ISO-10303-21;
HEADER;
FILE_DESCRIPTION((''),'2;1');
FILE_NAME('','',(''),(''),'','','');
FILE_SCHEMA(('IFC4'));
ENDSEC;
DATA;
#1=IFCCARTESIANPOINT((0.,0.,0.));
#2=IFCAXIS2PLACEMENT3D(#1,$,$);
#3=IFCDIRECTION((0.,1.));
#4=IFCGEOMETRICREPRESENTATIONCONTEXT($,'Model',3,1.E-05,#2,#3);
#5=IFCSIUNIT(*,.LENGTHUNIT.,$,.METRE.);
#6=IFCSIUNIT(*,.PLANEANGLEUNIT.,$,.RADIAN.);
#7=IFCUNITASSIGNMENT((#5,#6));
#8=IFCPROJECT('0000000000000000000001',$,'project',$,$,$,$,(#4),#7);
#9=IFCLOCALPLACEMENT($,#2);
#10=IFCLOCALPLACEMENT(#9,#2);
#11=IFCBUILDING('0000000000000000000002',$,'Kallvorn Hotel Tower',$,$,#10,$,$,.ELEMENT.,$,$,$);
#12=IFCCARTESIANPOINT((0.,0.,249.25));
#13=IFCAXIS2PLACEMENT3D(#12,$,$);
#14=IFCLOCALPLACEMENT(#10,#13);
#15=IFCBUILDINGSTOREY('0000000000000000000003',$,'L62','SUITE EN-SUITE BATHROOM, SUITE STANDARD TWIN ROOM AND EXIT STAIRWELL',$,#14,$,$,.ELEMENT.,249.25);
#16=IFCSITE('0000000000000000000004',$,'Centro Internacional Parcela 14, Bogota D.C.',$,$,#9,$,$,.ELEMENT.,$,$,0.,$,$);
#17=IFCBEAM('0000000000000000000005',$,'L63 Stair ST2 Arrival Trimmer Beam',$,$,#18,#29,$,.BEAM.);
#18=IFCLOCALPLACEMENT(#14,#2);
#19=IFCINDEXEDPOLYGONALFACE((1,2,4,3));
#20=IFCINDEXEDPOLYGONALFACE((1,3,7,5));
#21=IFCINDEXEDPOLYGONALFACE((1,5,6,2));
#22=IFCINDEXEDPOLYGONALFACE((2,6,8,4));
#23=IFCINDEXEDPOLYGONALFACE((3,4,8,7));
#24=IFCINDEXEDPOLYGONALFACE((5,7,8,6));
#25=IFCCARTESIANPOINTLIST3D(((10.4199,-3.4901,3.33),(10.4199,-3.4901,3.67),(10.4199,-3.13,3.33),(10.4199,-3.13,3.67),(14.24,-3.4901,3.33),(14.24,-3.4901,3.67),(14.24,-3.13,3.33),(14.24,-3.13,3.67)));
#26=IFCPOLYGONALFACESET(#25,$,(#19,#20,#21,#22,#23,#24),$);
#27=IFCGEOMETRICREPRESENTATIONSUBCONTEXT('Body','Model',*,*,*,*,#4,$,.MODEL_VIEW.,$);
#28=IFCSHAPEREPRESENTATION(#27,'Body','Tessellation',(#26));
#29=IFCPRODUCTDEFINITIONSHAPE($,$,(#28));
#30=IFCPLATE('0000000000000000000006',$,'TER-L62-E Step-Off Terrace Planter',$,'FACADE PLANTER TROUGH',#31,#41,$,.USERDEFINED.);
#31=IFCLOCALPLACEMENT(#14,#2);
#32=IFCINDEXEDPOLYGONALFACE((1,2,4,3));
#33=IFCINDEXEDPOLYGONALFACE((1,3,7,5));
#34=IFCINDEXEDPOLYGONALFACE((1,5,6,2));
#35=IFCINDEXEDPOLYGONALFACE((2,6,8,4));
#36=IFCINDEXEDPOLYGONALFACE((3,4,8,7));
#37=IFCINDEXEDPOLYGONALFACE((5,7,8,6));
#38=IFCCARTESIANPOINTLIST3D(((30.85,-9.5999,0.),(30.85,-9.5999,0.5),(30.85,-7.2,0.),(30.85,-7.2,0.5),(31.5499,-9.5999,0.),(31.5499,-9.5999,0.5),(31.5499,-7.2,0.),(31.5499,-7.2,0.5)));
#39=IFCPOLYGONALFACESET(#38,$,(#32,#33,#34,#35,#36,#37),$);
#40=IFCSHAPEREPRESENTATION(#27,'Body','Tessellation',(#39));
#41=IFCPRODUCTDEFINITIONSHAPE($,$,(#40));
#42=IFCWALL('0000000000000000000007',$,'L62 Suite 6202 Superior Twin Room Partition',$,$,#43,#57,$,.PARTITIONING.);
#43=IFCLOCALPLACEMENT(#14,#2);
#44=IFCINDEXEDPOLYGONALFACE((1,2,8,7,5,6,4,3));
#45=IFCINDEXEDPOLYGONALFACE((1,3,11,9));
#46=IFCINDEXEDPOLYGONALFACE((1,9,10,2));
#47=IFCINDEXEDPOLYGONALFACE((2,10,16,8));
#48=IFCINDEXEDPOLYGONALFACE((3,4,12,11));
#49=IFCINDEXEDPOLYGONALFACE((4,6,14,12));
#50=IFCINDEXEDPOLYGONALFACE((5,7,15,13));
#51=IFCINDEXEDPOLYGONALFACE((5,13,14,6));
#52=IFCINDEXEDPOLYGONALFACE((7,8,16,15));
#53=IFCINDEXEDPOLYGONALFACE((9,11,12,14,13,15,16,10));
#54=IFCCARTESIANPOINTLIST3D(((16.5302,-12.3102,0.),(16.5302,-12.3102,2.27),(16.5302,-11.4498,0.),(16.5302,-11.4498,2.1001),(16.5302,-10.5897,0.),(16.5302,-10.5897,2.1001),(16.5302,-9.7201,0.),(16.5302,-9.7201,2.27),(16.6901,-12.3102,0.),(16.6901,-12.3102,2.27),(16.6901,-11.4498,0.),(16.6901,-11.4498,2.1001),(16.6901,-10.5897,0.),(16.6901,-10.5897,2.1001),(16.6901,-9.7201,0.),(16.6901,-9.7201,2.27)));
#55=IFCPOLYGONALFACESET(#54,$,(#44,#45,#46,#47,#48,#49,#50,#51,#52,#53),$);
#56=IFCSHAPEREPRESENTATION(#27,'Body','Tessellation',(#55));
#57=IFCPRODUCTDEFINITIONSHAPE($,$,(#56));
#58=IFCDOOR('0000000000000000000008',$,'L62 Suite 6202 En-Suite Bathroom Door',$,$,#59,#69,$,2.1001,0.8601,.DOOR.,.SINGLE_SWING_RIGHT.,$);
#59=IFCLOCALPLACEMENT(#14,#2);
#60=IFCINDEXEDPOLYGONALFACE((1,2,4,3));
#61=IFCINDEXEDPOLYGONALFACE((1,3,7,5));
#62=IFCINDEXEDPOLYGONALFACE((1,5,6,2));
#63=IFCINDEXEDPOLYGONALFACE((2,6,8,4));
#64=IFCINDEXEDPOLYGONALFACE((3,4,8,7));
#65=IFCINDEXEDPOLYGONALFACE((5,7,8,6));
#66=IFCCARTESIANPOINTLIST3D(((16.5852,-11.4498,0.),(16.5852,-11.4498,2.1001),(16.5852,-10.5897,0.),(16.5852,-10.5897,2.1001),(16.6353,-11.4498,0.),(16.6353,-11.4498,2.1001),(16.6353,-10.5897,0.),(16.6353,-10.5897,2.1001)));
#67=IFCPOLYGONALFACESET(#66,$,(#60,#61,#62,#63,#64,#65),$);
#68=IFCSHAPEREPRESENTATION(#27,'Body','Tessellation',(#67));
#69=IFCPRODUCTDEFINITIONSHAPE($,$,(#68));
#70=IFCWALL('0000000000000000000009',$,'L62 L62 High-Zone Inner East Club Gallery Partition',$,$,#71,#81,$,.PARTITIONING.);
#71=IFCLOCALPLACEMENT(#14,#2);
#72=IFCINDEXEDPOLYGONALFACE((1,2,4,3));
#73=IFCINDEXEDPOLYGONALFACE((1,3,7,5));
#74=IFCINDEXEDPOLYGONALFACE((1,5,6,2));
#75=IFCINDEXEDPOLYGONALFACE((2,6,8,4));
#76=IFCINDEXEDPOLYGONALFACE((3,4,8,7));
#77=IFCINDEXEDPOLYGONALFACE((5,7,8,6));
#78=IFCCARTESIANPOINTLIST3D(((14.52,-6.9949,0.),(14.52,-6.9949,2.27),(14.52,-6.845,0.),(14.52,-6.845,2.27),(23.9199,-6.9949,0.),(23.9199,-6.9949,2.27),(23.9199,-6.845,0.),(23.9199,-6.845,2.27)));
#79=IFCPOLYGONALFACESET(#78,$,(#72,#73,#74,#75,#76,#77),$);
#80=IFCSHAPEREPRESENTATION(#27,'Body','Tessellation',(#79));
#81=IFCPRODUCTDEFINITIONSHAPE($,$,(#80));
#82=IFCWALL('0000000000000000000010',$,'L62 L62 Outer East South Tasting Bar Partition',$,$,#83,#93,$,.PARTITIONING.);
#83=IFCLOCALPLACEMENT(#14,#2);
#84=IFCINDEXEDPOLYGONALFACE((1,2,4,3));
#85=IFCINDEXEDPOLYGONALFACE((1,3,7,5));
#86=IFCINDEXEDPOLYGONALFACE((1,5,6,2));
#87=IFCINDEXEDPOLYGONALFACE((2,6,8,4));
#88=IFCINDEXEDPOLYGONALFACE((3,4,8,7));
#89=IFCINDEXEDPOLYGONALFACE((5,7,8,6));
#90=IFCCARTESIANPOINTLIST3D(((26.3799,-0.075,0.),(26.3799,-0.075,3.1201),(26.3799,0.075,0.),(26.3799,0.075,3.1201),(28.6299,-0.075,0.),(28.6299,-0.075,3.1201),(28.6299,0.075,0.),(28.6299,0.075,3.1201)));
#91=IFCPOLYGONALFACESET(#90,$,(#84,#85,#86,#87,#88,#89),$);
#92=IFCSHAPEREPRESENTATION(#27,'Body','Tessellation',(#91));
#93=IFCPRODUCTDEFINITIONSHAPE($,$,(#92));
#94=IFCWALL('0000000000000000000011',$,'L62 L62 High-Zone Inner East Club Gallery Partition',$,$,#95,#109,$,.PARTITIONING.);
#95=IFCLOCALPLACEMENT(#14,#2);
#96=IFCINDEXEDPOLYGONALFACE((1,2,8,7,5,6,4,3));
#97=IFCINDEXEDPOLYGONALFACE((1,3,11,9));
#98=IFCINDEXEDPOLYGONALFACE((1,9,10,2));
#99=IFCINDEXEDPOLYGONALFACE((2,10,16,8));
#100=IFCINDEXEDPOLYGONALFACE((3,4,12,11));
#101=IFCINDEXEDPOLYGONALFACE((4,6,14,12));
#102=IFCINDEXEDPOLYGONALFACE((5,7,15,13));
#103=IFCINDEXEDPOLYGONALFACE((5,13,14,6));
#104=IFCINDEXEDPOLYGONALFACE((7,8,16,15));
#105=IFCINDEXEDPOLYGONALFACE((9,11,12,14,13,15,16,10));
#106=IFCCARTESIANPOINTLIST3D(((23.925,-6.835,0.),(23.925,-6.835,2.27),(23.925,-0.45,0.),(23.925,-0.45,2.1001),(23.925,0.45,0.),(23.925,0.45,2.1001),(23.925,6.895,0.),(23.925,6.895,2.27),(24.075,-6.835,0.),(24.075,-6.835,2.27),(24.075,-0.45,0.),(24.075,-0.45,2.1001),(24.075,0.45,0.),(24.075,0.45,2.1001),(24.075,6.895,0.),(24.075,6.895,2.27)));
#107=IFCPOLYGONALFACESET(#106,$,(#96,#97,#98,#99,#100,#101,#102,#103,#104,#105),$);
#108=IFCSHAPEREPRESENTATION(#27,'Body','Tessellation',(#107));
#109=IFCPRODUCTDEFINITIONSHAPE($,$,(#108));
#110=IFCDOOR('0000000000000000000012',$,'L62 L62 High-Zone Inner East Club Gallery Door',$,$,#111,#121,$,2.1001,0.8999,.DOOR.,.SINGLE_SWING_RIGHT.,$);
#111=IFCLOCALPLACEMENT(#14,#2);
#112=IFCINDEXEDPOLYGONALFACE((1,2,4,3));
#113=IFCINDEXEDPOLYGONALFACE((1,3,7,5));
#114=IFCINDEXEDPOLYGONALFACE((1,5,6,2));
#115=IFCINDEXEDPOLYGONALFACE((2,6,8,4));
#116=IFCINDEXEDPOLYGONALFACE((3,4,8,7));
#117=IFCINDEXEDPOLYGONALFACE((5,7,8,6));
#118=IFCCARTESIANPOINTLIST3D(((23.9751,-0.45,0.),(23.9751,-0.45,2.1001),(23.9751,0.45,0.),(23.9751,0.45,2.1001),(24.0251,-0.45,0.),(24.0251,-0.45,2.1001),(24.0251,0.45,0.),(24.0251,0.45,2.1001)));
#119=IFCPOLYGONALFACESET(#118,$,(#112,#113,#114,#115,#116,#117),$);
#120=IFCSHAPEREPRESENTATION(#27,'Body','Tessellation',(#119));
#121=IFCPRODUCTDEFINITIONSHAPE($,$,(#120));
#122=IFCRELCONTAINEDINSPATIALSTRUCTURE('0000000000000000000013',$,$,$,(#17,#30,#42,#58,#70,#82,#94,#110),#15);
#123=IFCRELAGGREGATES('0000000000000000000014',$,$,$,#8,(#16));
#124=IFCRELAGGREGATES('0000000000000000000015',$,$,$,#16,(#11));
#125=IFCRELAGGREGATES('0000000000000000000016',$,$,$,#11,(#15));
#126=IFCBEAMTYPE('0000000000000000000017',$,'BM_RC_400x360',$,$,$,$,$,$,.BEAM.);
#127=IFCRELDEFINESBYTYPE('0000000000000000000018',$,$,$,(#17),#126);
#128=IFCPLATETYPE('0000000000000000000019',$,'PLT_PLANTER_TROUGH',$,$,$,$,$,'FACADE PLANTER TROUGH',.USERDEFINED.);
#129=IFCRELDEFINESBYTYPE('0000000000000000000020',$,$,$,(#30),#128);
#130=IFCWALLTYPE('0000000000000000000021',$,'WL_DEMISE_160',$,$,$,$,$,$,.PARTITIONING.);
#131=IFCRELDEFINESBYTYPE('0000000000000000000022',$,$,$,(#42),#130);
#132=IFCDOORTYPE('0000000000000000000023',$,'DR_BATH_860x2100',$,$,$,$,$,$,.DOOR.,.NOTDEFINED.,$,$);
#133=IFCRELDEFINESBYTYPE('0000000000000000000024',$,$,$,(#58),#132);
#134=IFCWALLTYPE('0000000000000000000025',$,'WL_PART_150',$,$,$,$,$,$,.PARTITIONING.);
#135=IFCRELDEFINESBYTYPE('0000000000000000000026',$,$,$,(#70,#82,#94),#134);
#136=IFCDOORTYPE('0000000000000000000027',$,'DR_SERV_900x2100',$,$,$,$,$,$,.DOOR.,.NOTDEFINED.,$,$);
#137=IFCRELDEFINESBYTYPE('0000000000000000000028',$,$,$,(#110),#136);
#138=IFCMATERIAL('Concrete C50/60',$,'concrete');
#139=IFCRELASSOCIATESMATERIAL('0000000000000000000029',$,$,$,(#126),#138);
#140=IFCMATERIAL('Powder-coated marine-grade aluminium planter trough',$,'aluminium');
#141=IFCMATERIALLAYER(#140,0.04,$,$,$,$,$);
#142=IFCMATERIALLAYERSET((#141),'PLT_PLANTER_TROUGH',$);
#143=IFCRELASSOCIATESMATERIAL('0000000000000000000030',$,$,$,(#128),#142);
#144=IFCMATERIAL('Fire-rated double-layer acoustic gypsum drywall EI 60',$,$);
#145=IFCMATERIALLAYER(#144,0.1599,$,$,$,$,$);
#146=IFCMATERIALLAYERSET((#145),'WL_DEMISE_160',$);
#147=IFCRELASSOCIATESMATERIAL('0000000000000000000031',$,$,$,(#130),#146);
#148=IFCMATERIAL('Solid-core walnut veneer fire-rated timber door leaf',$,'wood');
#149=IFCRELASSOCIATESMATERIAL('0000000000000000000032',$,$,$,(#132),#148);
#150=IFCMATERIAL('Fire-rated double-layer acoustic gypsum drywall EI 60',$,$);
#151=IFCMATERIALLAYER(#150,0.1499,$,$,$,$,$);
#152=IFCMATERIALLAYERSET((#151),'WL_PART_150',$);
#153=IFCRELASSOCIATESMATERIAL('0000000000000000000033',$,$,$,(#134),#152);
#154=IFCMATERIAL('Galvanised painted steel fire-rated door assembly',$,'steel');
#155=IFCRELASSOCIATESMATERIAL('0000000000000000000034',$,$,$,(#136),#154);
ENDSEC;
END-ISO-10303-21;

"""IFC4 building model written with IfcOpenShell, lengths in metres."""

from ifc_helpers import new_model, si_unit, direction, frame, frame_2d, origin, origin_2d, place, context, subcontext, project, spatial, rectangle, extrude, material, layer, layer_set, material_profile, profile_set, type_object, element, fill, save


model = new_model("IFC4")

# Units and contexts
model_context = context("Model", 3, precision=1e-05, world=origin(), true_north=direction((0.0, 1.0)))
body_context = subcontext(model_context, "Body", "Model", "MODEL_VIEW")
ifc_project = project(units=[si_unit("LENGTHUNIT", "METRE"), si_unit("PLANEANGLEUNIT", "RADIAN")], contexts=[model_context])

# Site, building, storey
site_placement = place(None, origin())
site = spatial("IfcSite", under=ifc_project, at=site_placement, Name="Centro Internacional Parcela 14, Bogota D.C.", CompositionType="ELEMENT", RefElevation=0.0)
building_placement = place(site_placement, origin())
building = spatial("IfcBuilding", under=site, at=building_placement, Name="Kallvorn Hotel Tower", CompositionType="ELEMENT")
storey_placement = place(building_placement, frame((0.0, 0.0, 249.25)))
storey = spatial("IfcBuildingStorey", under=building, at=storey_placement, Name="L62", Description="SUITE EN-SUITE BATHROOM, SUITE STANDARD TWIN ROOM AND EXIT STAIRWELL", CompositionType="ELEMENT", Elevation=249.25)

# Beam
ifc_material_1 = material(Name="Concrete C50/60", Category="concrete")
ifc_material_profile_1 = material_profile(ifc_material_1, rectangle(XDim=0.3601, YDim=0.3401, at=origin_2d()), Name="RC 360x340")
ifc_profile_set_1 = profile_set([ifc_material_profile_1], Name="Concrete C50/60")
beam_type_1 = type_object("IfcBeamType", Name="BM_RC_400x360", PredefinedType="BEAM", material=ifc_profile_set_1)
beam_1_placement = place(storey_placement, frame((14.24, -3.3101, 3.5), z_axis=(-1.0, 0.0, 0.0), x_axis=(0.0, -1.0, 0.0)))
element("IfcBeam", 1, at=beam_1_placement, inside=storey, type_object=beam_type_1, Name="L63 Stair ST2 Arrival Trimmer Beam", PredefinedType="BEAM", context=body_context, shape_type="SweptSolid", body=[
    extrude(rectangle(XDim=0.3601, YDim=0.3401, at=origin_2d()), origin(), (0.0, 0.0, 1.0), 3.8201),
])

# Plate
ifc_material_2 = material(Name="Powder-coated marine-grade aluminium planter trough", Category="aluminium")
ifc_layer_1 = layer(ifc_material_2, 0.04)
ifc_layer_set_1 = layer_set([ifc_layer_1], Name="PLT_PLANTER_TROUGH")
plate_type = type_object("IfcPlateType", Name="PLT_PLANTER_TROUGH", ElementType="FACADE PLANTER TROUGH", PredefinedType="USERDEFINED", material=ifc_layer_set_1)
plate_placement = place(storey_placement, frame((31.2, -8.3999, 0.0), z_axis=(0.0, 0.0, 1.0), x_axis=(0.0, 1.0, 0.0)))
element("IfcPlate", 2, at=plate_placement, inside=storey, type_object=plate_type, Name="TER-L62-E Step-Off Terrace Planter", ObjectType="FACADE PLANTER TROUGH", PredefinedType="USERDEFINED", context=body_context, shape_type="SweptSolid", body=[
    extrude(rectangle(XDim=2.3999, YDim=0.7, at=origin_2d()), origin(), (0.0, 0.0, 1.0), 0.5),
])

# Wall, opening, door
ifc_material_3 = material(Name="Fire-rated double-layer acoustic gypsum drywall EI 60")
ifc_layer_2 = layer(ifc_material_3, 0.1599)
ifc_layer_set_2 = layer_set([ifc_layer_2], Name="WL_DEMISE_160")
wall_type_1 = type_object("IfcWallType", Name="WL_DEMISE_160", PredefinedType="PARTITIONING", material=ifc_layer_set_2)
wall_1_placement = place(storey_placement, frame((16.6101, -12.3101, 0.0), z_axis=(0.0, 0.0, 1.0), x_axis=(0.0, 1.0, 0.0)))
wall_1 = element("IfcWall", 3, at=wall_1_placement, inside=storey, type_object=wall_type_1, Name="L62 Suite 6202 Superior Twin Room Partition", PredefinedType="PARTITIONING", context=body_context, shape_type="SweptSolid", body=[
    extrude(rectangle(XDim=2.5901, YDim=0.1599, at=frame_2d((1.2949, 0.0))), origin(), (0.0, 0.0, 1.0), 2.27),
])
opening_1_placement = place(wall_1_placement, frame((0.8601, 0.0, 0.0)))
opening_1 = element("IfcOpeningElement", 4, at=opening_1_placement, cuts=wall_1, PredefinedType="OPENING", context=body_context, shape_type="SweptSolid", body=[
    extrude(rectangle(XDim=0.8601, YDim=2.1001, at=frame_2d((0.4302, 1.05))), frame((0.0, 0.095, 0.0), z_axis=(0.0, -1.0, 0.0), x_axis=(1.0, 0.0, 0.0)), (0.0, 0.0, 1.0), 0.1899),
])
ifc_material_4 = material(Name="Solid-core walnut veneer fire-rated timber door leaf", Category="wood")
door_type_1 = type_object("IfcDoorType", Name="DR_BATH_860x2100", OperationType="NOTDEFINED", PredefinedType="DOOR", material=ifc_material_4)
door_1_placement = place(opening_1_placement, origin())
door_1 = element("IfcDoor", 5, at=door_1_placement, inside=storey, type_object=door_type_1, Name="L62 Suite 6202 En-Suite Bathroom Door", OperationType="SINGLE_SWING_RIGHT", OverallHeight=2.1001, OverallWidth=0.8601, PredefinedType="DOOR", context=body_context, shape_type="SweptSolid", body=[
    extrude(rectangle(XDim=0.8601, YDim=2.1001, at=frame_2d((0.4302, 1.05))), frame((0.0, 0.0249, 0.0), z_axis=(0.0, -1.0, 0.0), x_axis=(1.0, 0.0, 0.0)), (0.0, 0.0, 1.0), 0.05),
])
fill(opening_1, door_1)

# Walls
ifc_material_5 = material(Name="Fire-rated double-layer acoustic gypsum drywall EI 60")
ifc_layer_3 = layer(ifc_material_5, 0.1499)
ifc_layer_set_3 = layer_set([ifc_layer_3], Name="WL_PART_150")
wall_type_2 = type_object("IfcWallType", Name="WL_PART_150", PredefinedType="PARTITIONING", material=ifc_layer_set_3)
wall_2_placement = place(storey_placement, frame((14.52, -6.9199, 0.0), z_axis=(0.0, 0.0, 1.0), x_axis=(1.0, 0.0, 0.0)))
element("IfcWall", 6, at=wall_2_placement, inside=storey, type_object=wall_type_2, Name="L62 L62 High-Zone Inner East Club Gallery Partition", PredefinedType="PARTITIONING", context=body_context, shape_type="SweptSolid", body=[
    extrude(rectangle(XDim=9.3999, YDim=0.1499, at=frame_2d((4.7, 0.0))), origin(), (0.0, 0.0, 1.0), 2.27),
])
wall_3_placement = place(storey_placement, frame((26.3799, 0.0, 0.0), z_axis=(0.0, 0.0, 1.0), x_axis=(1.0, 0.0, 0.0)))
element("IfcWall", 7, at=wall_3_placement, inside=storey, type_object=wall_type_2, Name="L62 L62 Outer East South Tasting Bar Partition", PredefinedType="PARTITIONING", context=body_context, shape_type="SweptSolid", body=[
    extrude(rectangle(XDim=2.25, YDim=0.1499, at=frame_2d((1.125, 0.0))), origin(), (0.0, 0.0, 1.0), 3.1201),
])

# Wall, opening, door
wall_4_placement = place(storey_placement, frame((24.0, -6.835, 0.0), z_axis=(0.0, 0.0, 1.0), x_axis=(0.0, 1.0, 0.0)))
wall_4 = element("IfcWall", 8, at=wall_4_placement, inside=storey, type_object=wall_type_2, Name="L62 L62 High-Zone Inner East Club Gallery Partition", PredefinedType="PARTITIONING", context=body_context, shape_type="SweptSolid", body=[
    extrude(rectangle(XDim=13.73, YDim=0.1499, at=frame_2d((6.865, 0.0))), origin(), (0.0, 0.0, 1.0), 2.27),
])
opening_2_placement = place(wall_4_placement, frame((6.385, 0.0, 0.0)))
opening_2 = element("IfcOpeningElement", 9, at=opening_2_placement, cuts=wall_4, PredefinedType="OPENING", context=body_context, shape_type="SweptSolid", body=[
    extrude(rectangle(XDim=0.8999, YDim=2.1001, at=frame_2d((0.45, 1.05))), frame((0.0, 0.0898, 0.0), z_axis=(0.0, -1.0, 0.0), x_axis=(1.0, 0.0, 0.0)), (0.0, 0.0, 1.0), 0.1799),
])
ifc_material_6 = material(Name="Galvanised painted steel fire-rated door assembly", Category="steel")
door_type_2 = type_object("IfcDoorType", Name="DR_SERV_900x2100", OperationType="NOTDEFINED", PredefinedType="DOOR", material=ifc_material_6)
door_2_placement = place(opening_2_placement, origin())
door_2 = element("IfcDoor", 10, at=door_2_placement, inside=storey, type_object=door_type_2, Name="L62 L62 High-Zone Inner East Club Gallery Door", OperationType="SINGLE_SWING_RIGHT", OverallHeight=2.1001, OverallWidth=0.8999, PredefinedType="DOOR", context=body_context, shape_type="SweptSolid", body=[
    extrude(rectangle(XDim=0.8999, YDim=2.1001, at=frame_2d((0.45, 1.05))), frame((0.0, 0.0249, 0.0), z_axis=(0.0, -1.0, 0.0), x_axis=(1.0, 0.0, 0.0)), (0.0, 0.0, 1.0), 0.05),
])
fill(opening_2, door_2)

save(model, "model.ifc")
